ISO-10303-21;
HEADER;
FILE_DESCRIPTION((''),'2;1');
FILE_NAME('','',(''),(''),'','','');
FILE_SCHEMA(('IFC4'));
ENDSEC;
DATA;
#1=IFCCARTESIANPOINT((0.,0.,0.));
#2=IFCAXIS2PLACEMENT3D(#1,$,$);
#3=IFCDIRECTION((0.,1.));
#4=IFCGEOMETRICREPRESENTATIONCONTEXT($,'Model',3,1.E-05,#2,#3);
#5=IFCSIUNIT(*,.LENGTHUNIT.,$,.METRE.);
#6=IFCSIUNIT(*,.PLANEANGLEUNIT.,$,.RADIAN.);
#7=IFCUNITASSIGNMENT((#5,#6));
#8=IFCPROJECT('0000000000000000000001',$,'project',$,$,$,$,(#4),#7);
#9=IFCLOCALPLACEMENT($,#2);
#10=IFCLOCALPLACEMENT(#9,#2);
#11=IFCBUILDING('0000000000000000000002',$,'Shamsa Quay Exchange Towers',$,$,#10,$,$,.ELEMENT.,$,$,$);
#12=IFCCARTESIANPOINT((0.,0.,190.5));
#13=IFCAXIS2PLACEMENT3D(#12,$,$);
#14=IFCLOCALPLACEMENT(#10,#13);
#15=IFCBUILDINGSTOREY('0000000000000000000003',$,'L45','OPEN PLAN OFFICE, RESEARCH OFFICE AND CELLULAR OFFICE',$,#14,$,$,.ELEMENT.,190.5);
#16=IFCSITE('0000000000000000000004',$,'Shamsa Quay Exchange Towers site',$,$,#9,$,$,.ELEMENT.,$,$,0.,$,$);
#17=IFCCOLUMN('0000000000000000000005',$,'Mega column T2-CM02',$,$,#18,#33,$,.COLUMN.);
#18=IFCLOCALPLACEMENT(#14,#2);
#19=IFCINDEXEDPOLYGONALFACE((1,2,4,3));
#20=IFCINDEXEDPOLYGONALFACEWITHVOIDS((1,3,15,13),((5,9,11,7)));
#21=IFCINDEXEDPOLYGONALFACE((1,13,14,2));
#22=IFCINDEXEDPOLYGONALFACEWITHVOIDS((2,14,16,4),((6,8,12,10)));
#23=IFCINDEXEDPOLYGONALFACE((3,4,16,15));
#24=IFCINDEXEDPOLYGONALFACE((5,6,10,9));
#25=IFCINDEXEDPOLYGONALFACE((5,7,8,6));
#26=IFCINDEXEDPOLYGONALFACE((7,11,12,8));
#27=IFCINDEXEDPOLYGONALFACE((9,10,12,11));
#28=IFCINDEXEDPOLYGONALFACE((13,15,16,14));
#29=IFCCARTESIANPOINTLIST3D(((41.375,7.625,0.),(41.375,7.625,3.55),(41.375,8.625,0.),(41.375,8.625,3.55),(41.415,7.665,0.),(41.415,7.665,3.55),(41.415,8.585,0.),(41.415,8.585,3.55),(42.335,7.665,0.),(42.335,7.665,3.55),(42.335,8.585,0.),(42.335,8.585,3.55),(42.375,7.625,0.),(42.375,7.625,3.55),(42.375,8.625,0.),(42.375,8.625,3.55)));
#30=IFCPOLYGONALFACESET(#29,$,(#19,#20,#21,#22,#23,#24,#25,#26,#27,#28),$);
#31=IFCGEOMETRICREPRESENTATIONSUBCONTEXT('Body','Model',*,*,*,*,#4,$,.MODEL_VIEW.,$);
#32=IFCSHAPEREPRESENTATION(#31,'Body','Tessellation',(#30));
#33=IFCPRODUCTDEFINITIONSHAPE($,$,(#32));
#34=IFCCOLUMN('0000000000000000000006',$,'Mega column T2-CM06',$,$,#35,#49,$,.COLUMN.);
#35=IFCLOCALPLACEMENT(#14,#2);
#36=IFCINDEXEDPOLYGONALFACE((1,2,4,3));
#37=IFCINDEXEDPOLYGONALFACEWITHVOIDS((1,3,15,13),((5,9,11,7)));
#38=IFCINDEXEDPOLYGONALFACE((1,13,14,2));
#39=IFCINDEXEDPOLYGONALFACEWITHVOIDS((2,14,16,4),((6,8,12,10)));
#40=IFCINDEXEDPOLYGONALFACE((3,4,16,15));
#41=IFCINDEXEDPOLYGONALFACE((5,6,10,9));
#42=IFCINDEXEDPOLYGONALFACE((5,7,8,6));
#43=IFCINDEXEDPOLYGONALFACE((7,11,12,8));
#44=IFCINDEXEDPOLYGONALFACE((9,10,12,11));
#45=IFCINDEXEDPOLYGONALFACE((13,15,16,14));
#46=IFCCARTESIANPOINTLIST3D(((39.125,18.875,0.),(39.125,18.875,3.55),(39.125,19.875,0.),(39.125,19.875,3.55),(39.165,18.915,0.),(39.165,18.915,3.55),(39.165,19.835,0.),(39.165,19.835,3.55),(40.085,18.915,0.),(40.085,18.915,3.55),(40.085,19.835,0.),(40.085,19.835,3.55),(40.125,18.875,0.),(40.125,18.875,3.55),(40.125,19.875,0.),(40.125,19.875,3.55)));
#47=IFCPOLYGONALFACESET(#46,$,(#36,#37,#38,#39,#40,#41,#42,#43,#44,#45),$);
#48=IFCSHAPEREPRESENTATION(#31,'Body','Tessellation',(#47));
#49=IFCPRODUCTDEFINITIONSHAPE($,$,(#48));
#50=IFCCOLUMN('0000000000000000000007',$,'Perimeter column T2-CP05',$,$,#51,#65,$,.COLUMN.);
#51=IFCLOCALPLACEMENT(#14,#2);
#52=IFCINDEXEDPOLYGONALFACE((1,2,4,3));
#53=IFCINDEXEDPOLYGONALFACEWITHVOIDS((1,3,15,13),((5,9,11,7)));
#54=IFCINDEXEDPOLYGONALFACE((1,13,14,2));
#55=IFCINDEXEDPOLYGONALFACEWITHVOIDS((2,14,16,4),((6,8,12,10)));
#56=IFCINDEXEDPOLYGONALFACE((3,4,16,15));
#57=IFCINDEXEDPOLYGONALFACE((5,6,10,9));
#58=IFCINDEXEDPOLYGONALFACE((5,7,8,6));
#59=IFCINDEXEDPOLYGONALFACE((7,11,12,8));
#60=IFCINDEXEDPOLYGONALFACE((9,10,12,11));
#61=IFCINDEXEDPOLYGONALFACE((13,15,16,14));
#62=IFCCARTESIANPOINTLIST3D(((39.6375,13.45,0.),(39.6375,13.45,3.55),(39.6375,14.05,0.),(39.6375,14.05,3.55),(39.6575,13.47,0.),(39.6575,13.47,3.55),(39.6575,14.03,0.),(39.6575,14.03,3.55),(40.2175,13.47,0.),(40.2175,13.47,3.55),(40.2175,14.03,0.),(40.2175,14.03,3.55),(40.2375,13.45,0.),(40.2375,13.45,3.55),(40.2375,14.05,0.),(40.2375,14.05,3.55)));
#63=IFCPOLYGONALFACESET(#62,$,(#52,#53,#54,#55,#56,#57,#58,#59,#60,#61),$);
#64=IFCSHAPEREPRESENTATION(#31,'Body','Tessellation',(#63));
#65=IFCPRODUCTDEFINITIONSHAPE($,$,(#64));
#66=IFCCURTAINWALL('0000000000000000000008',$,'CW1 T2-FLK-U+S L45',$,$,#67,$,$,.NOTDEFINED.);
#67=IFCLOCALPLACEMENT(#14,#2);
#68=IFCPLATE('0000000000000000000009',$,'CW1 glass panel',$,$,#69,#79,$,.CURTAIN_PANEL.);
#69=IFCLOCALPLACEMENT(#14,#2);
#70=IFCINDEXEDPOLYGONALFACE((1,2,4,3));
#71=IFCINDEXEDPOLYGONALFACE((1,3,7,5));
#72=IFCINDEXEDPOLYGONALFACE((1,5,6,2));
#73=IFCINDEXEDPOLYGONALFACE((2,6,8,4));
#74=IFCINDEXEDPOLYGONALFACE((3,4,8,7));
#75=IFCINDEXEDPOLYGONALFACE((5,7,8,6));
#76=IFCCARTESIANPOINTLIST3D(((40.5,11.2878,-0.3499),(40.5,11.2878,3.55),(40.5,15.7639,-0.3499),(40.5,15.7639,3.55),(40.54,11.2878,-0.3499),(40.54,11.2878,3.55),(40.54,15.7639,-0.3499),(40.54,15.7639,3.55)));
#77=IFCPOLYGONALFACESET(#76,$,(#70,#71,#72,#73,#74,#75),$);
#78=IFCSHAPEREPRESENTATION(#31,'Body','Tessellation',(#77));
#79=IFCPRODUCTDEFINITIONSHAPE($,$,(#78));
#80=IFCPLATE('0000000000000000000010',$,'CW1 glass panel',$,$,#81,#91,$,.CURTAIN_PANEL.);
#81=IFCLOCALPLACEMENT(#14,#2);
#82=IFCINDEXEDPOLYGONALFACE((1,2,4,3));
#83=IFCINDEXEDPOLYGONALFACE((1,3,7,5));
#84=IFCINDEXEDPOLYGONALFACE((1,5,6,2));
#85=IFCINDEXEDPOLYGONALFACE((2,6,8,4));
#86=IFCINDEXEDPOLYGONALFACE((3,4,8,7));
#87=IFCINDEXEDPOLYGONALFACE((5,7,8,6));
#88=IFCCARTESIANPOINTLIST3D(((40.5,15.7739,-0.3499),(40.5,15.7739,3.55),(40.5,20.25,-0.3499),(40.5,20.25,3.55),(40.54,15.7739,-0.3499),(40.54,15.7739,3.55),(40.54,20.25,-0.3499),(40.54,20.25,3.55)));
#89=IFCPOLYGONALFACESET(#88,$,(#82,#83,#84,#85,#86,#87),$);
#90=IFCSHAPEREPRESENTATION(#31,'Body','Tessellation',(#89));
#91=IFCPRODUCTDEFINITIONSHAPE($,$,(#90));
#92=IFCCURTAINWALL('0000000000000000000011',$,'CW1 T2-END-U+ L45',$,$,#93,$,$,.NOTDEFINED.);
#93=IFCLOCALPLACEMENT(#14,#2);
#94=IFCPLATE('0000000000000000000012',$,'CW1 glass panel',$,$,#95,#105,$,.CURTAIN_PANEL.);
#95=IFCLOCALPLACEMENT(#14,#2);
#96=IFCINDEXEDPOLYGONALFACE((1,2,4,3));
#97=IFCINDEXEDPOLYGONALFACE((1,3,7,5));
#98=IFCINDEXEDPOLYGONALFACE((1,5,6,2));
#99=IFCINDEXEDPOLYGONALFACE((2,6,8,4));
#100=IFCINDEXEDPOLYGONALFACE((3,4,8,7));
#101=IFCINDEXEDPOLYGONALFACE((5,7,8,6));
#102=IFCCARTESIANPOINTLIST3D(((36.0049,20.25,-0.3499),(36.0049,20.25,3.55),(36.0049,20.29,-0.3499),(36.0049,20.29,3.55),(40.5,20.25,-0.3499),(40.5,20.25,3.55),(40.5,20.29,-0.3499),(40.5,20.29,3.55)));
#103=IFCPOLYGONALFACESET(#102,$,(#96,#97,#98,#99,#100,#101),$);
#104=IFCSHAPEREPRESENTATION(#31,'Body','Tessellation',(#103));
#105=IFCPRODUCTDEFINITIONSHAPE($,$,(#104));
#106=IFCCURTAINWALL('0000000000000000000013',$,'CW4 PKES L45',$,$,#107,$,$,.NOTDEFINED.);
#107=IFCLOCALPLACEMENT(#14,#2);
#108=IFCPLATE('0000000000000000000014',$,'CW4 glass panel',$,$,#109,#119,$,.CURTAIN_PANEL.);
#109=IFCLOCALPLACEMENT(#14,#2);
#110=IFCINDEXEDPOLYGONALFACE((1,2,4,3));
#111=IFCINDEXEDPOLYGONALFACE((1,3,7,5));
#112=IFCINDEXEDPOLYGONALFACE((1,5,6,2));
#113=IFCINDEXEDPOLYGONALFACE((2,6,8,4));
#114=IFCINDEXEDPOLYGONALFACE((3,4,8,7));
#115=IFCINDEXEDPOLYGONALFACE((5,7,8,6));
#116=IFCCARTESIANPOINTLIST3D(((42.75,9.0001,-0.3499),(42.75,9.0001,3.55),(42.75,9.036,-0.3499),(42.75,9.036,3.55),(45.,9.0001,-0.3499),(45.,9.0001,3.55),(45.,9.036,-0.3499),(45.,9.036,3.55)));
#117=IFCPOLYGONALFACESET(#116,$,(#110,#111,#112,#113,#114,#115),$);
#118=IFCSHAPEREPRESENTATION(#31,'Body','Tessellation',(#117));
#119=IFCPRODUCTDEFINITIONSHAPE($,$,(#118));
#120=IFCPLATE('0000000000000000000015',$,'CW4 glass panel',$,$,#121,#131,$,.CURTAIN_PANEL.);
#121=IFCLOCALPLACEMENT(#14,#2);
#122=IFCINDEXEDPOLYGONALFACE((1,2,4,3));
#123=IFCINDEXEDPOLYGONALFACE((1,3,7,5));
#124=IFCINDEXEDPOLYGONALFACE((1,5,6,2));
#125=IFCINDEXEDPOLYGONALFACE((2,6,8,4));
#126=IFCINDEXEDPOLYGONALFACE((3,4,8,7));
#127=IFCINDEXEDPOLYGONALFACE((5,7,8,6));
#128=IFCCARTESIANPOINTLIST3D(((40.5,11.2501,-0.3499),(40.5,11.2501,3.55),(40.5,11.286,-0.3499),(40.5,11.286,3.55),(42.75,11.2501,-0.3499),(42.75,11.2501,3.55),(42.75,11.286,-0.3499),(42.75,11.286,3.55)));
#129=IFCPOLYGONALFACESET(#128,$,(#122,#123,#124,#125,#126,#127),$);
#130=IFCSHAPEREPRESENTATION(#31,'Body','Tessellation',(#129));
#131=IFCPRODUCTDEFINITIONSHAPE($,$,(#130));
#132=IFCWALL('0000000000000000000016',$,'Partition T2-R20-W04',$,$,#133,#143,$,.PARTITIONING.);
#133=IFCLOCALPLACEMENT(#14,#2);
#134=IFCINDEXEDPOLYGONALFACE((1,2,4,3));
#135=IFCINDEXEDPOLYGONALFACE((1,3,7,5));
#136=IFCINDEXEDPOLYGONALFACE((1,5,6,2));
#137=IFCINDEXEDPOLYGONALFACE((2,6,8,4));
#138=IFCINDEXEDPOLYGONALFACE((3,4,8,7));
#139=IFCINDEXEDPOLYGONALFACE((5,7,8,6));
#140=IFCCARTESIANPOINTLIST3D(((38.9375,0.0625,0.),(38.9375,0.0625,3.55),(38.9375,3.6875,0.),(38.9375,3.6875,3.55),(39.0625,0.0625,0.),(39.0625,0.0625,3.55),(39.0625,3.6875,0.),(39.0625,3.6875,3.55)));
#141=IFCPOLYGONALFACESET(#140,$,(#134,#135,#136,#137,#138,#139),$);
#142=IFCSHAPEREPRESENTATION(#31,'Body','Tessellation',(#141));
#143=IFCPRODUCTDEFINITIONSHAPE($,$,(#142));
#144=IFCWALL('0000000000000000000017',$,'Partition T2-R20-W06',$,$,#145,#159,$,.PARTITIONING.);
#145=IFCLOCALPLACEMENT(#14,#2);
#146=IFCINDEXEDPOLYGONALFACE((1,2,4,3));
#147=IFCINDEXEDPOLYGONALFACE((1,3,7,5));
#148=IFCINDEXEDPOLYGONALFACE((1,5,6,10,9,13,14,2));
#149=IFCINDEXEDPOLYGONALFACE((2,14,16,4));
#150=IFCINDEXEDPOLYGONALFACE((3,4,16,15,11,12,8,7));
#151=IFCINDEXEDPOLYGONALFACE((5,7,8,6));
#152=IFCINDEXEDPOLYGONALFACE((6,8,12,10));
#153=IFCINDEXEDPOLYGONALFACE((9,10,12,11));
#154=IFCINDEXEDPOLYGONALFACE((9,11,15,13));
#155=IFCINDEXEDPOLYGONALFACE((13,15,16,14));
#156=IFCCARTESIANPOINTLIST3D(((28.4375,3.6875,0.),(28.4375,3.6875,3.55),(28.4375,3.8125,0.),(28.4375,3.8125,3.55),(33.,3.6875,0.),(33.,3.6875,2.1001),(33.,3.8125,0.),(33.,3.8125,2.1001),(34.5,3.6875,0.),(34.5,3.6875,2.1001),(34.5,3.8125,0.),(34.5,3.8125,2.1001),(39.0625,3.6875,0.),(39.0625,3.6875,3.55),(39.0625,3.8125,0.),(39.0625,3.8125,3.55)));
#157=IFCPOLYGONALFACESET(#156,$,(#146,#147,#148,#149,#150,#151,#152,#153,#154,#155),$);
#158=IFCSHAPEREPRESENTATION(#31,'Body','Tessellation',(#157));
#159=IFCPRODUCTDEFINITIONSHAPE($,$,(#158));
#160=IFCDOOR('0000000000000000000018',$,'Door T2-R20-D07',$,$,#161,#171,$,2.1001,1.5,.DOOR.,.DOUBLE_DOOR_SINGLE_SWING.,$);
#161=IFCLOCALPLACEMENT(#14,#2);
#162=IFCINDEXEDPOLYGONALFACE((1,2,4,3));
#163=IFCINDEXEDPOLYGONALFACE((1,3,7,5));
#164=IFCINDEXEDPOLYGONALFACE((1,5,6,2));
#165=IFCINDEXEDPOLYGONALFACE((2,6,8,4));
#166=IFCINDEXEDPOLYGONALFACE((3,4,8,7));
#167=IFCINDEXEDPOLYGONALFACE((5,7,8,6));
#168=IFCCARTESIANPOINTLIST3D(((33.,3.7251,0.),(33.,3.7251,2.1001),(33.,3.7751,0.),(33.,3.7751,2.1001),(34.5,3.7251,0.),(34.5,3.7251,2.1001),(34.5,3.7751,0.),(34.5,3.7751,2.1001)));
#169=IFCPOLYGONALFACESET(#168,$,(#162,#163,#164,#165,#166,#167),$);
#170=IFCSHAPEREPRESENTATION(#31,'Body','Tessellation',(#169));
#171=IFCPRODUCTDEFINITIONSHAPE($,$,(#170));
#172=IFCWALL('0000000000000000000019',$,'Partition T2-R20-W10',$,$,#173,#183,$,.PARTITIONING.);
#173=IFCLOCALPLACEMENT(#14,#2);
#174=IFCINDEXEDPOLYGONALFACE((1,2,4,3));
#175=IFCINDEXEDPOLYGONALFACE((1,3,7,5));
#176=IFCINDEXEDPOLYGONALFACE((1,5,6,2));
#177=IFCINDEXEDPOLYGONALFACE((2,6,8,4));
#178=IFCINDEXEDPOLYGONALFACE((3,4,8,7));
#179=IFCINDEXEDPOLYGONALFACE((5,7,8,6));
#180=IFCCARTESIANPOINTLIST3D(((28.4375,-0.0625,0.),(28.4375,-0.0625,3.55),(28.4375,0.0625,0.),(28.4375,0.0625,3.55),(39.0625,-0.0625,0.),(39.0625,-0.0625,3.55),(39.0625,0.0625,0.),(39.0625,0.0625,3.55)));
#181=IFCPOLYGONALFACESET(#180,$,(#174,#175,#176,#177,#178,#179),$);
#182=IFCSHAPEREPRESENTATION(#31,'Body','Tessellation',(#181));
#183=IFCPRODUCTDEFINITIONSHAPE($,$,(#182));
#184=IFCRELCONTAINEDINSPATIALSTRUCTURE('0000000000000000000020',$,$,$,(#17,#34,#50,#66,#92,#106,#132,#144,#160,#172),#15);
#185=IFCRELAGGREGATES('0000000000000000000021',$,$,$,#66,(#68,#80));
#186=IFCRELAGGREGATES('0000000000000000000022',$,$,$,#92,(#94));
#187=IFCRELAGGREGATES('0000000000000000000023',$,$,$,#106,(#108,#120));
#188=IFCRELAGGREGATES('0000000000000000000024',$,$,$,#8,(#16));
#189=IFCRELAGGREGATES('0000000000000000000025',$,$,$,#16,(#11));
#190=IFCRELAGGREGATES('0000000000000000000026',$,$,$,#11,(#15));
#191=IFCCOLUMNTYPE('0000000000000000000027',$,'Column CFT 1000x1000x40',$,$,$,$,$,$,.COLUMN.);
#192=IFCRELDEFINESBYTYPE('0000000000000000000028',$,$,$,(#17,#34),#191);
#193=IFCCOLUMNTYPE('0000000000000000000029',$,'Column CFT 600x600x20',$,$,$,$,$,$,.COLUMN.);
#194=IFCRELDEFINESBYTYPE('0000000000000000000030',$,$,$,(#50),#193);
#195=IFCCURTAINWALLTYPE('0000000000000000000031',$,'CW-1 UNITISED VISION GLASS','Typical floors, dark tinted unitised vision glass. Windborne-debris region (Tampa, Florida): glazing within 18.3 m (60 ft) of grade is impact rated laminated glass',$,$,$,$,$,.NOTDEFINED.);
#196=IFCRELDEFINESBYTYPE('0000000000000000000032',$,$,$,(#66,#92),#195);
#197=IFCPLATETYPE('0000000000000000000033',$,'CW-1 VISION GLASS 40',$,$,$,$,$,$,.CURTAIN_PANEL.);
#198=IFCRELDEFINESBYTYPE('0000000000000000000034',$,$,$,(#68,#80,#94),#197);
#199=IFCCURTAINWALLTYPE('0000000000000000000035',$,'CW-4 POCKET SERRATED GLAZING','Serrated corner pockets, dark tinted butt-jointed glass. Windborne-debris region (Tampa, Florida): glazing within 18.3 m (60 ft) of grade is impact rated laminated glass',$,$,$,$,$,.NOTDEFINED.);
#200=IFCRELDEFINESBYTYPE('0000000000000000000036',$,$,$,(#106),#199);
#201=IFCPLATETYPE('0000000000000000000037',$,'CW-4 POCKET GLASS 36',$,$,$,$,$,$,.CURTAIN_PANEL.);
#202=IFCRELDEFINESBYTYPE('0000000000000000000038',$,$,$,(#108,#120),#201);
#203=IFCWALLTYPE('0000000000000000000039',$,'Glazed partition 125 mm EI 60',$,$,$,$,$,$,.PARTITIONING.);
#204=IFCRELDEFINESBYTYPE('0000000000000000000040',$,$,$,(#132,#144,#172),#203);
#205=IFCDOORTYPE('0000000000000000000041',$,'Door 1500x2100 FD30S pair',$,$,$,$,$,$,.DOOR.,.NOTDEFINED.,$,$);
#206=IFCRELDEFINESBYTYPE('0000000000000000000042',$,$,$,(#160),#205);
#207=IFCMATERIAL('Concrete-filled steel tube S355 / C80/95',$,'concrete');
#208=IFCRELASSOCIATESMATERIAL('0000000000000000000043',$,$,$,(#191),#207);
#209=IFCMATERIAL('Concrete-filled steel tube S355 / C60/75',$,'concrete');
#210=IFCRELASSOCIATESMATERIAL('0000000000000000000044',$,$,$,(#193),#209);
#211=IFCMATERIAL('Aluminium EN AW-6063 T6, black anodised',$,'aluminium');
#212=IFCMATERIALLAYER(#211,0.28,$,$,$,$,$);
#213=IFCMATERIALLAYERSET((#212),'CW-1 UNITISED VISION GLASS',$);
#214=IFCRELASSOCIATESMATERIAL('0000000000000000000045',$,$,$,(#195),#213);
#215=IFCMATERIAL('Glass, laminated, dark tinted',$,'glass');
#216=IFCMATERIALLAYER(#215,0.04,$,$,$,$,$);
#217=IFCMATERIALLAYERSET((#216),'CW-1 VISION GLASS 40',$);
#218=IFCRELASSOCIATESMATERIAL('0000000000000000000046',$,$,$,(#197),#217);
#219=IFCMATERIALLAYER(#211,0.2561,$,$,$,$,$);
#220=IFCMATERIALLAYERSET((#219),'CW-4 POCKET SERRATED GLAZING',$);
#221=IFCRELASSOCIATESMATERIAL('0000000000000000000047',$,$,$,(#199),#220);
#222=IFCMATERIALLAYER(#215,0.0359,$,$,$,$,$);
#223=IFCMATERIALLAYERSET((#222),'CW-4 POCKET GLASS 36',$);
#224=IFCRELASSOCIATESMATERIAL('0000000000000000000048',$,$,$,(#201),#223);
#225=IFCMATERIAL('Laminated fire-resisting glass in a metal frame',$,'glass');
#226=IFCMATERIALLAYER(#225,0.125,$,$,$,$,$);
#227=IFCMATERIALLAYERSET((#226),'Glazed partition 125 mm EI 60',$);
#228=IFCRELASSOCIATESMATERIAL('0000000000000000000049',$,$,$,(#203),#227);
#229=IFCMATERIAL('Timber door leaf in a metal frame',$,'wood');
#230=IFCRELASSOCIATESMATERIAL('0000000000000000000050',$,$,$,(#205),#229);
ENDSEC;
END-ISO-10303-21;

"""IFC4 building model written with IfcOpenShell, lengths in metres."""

from ifc_helpers import new_model, si_unit, direction, frame, frame_2d, origin, origin_2d, place, context, subcontext, project, spatial, rectangle, hollow_rectangle, extrude, material, layer, layer_set, material_profile, profile_set, type_object, element, fill, aggregate, save


model = new_model("IFC4")

# Units and contexts
model_context = context("Model", 3, precision=1e-05, world=origin(), true_north=direction((0.0, 1.0)))
body_context = subcontext(model_context, "Body", "Model", "MODEL_VIEW")
ifc_project = project(units=[si_unit("LENGTHUNIT", "METRE"), si_unit("PLANEANGLEUNIT", "RADIAN")], contexts=[model_context])

# Site, building, storey
site_placement = place(None, origin())
site = spatial("IfcSite", under=ifc_project, at=site_placement, Name="Shamsa Quay Exchange Towers site", CompositionType="ELEMENT", RefElevation=0.0)
building_placement = place(site_placement, origin())
building = spatial("IfcBuilding", under=site, at=building_placement, Name="Shamsa Quay Exchange Towers", CompositionType="ELEMENT")
storey_placement = place(building_placement, frame((0.0, 0.0, 190.5)))
storey = spatial("IfcBuildingStorey", under=building, at=storey_placement, Name="L45", Description="OPEN PLAN OFFICE, RESEARCH OFFICE AND CELLULAR OFFICE", CompositionType="ELEMENT", Elevation=190.5)

# Columns
ifc_material_1 = material(Name="Concrete-filled steel tube S355 / C80/95", Category="concrete")
ifc_material_profile_1 = material_profile(ifc_material_1, hollow_rectangle(XDim=1.0, YDim=1.0, WallThickness=0.04, at=origin_2d()), Name="CFT 1000x1000x40")
ifc_profile_set_1 = profile_set([ifc_material_profile_1], Name="Concrete-filled steel tube S355 / C80/95")
column_type_1 = type_object("IfcColumnType", Name="Column CFT 1000x1000x40", PredefinedType="COLUMN", material=ifc_profile_set_1)
for number, where, name in (
    (1, (41.875, 8.125, 0.0), "Mega column T2-CM02"),
    (2, (39.625, 19.375, 0.0), "Mega column T2-CM06"),
):
    element("IfcColumn", number, at=place(storey_placement, frame(where)), inside=storey, type_object=column_type_1, Name=name, PredefinedType="COLUMN", context=body_context, shape_type="SweptSolid", body=[
        extrude(hollow_rectangle(XDim=1.0, YDim=1.0, WallThickness=0.04, at=origin_2d()), origin(), (0.0, 0.0, 1.0), 3.55),
    ])
ifc_material_2 = material(Name="Concrete-filled steel tube S355 / C60/75", Category="concrete")
ifc_material_profile_2 = material_profile(ifc_material_2, hollow_rectangle(XDim=0.6001, YDim=0.6001, WallThickness=0.02, at=origin_2d()), Name="CFT 600x600x20")
ifc_profile_set_2 = profile_set([ifc_material_profile_2], Name="Concrete-filled steel tube S355 / C60/75")
column_type_2 = type_object("IfcColumnType", Name="Column CFT 600x600x20", PredefinedType="COLUMN", material=ifc_profile_set_2)
column_placement = place(storey_placement, frame((39.9375, 13.75, 0.0)))
element("IfcColumn", 3, at=column_placement, inside=storey, type_object=column_type_2, Name="Perimeter column T2-CP05", PredefinedType="COLUMN", context=body_context, shape_type="SweptSolid", body=[
    extrude(hollow_rectangle(XDim=0.6001, YDim=0.6001, WallThickness=0.02, at=origin_2d()), origin(), (0.0, 0.0, 1.0), 3.55),
])

# Curtain wall, plates
ifc_material_3 = material(Name="Aluminium EN AW-6063 T6, black anodised", Category="aluminium")
ifc_layer_1 = layer(ifc_material_3, 0.28)
ifc_layer_set_1 = layer_set([ifc_layer_1], Name="CW-1 UNITISED VISION GLASS")
curtain_wall_type_1 = type_object("IfcCurtainWallType", Name="CW-1 UNITISED VISION GLASS", Description="Typical floors, dark tinted unitised vision glass. Windborne-debris region (Tampa, Florida): glazing within 18.3 m (60 ft) of grade is impact rated laminated glass", PredefinedType="NOTDEFINED", material=ifc_layer_set_1)
curtain_wall_1_placement = place(storey_placement, origin())
curtain_wall_1 = element("IfcCurtainWall", 4, at=curtain_wall_1_placement, inside=storey, type_object=curtain_wall_type_1, Name="CW1 T2-FLK-U+S L45", PredefinedType="NOTDEFINED")
ifc_material_4 = material(Name="Glass, laminated, dark tinted", Category="glass")
ifc_layer_2 = layer(ifc_material_4, 0.04)
ifc_layer_set_2 = layer_set([ifc_layer_2], Name="CW-1 VISION GLASS 40")
plate_type_1 = type_object("IfcPlateType", Name="CW-1 VISION GLASS 40", PredefinedType="CURTAIN_PANEL", material=ifc_layer_set_2)
plate_1_placement = place(storey_placement, frame((40.52, 13.5259, -0.3499), z_axis=(0.0, 0.0, 1.0), x_axis=(0.0, 1.0, 0.0)))
plate_1 = element("IfcPlate", 5, at=plate_1_placement, type_object=plate_type_1, Name="CW1 glass panel", PredefinedType="CURTAIN_PANEL", context=body_context, shape_type="SweptSolid", body=[
    extrude(rectangle(XDim=4.4761, YDim=0.04, at=origin_2d()), origin(), (0.0, 0.0, 1.0), 3.8999),
])
plate_2_placement = place(storey_placement, frame((40.52, 18.012, -0.3499), z_axis=(0.0, 0.0, 1.0), x_axis=(0.0, 1.0, 0.0)))
plate_2 = element("IfcPlate", 6, at=plate_2_placement, type_object=plate_type_1, Name="CW1 glass panel", PredefinedType="CURTAIN_PANEL", context=body_context, shape_type="SweptSolid", body=[
    extrude(rectangle(XDim=4.4761, YDim=0.04, at=origin_2d()), origin(), (0.0, 0.0, 1.0), 3.8999),
])
aggregate(curtain_wall_1, [plate_1, plate_2])

# Curtain wall, plate
curtain_wall_2_placement = place(storey_placement, origin())
curtain_wall_2 = element("IfcCurtainWall", 7, at=curtain_wall_2_placement, inside=storey, type_object=curtain_wall_type_1, Name="CW1 T2-END-U+ L45", PredefinedType="NOTDEFINED")
plate_3_placement = place(storey_placement, frame((38.2524, 20.27, -0.3499), z_axis=(0.0, 0.0, 1.0), x_axis=(-1.0, 0.0, 0.0)))
plate_3 = element("IfcPlate", 8, at=plate_3_placement, type_object=plate_type_1, Name="CW1 glass panel", PredefinedType="CURTAIN_PANEL", context=body_context, shape_type="SweptSolid", body=[
    extrude(rectangle(XDim=4.4951, YDim=0.04, at=origin_2d()), origin(), (0.0, 0.0, 1.0), 3.8999),
])
aggregate(curtain_wall_2, [plate_3])

# Curtain wall, plates
ifc_layer_3 = layer(ifc_material_3, 0.2561)
ifc_layer_set_3 = layer_set([ifc_layer_3], Name="CW-4 POCKET SERRATED GLAZING")
curtain_wall_type_2 = type_object("IfcCurtainWallType", Name="CW-4 POCKET SERRATED GLAZING", Description="Serrated corner pockets, dark tinted butt-jointed glass. Windborne-debris region (Tampa, Florida): glazing within 18.3 m (60 ft) of grade is impact rated laminated glass", PredefinedType="NOTDEFINED", material=ifc_layer_set_3)
curtain_wall_3_placement = place(storey_placement, origin())
curtain_wall_3 = element("IfcCurtainWall", 9, at=curtain_wall_3_placement, inside=storey, type_object=curtain_wall_type_2, Name="CW4 PKES L45", PredefinedType="NOTDEFINED")
ifc_layer_4 = layer(ifc_material_4, 0.0359)
ifc_layer_set_4 = layer_set([ifc_layer_4], Name="CW-4 POCKET GLASS 36")
plate_type_2 = type_object("IfcPlateType", Name="CW-4 POCKET GLASS 36", PredefinedType="CURTAIN_PANEL", material=ifc_layer_set_4)
plate_4_placement = place(storey_placement, frame((43.875, 9.0181, -0.3499), z_axis=(0.0, 0.0, 1.0), x_axis=(-1.0, 0.0, 0.0)))
plate_4 = element("IfcPlate", 10, at=plate_4_placement, type_object=plate_type_2, Name="CW4 glass panel", PredefinedType="CURTAIN_PANEL", context=body_context, shape_type="SweptSolid", body=[
    extrude(rectangle(XDim=2.25, YDim=0.0359, at=origin_2d()), origin(), (0.0, 0.0, 1.0), 3.8999),
])
plate_5_placement = place(storey_placement, frame((41.625, 11.2681, -0.3499), z_axis=(0.0, 0.0, 1.0), x_axis=(-1.0, 0.0, 0.0)))
plate_5 = element("IfcPlate", 11, at=plate_5_placement, type_object=plate_type_2, Name="CW4 glass panel", PredefinedType="CURTAIN_PANEL", context=body_context, shape_type="SweptSolid", body=[
    extrude(rectangle(XDim=2.25, YDim=0.0359, at=origin_2d()), origin(), (0.0, 0.0, 1.0), 3.8999),
])
aggregate(curtain_wall_3, [plate_4, plate_5])

# Wall
ifc_material_5 = material(Name="Laminated fire-resisting glass in a metal frame", Category="glass")
ifc_layer_5 = layer(ifc_material_5, 0.125)
ifc_layer_set_5 = layer_set([ifc_layer_5], Name="Glazed partition 125 mm EI 60")
wall_type_1 = type_object("IfcWallType", Name="Glazed partition 125 mm EI 60", PredefinedType="PARTITIONING", material=ifc_layer_set_5)
wall_1_placement = place(storey_placement, frame((39.0, 0.0625, 0.0), z_axis=(0.0, 0.0, 1.0), x_axis=(0.0, 1.0, 0.0)))
element("IfcWall", 12, at=wall_1_placement, inside=storey, type_object=wall_type_1, Name="Partition T2-R20-W04", PredefinedType="PARTITIONING", context=body_context, shape_type="SweptSolid", body=[
    extrude(rectangle(XDim=3.625, YDim=0.125, at=frame_2d((1.8125, 0.0))), origin(), (0.0, 0.0, 1.0), 3.55),
])

# Wall, opening, door
wall_2_placement = place(storey_placement, frame((39.0625, 3.75, 0.0), z_axis=(0.0, 0.0, 1.0), x_axis=(-1.0, 0.0, 0.0)))
wall_2 = element("IfcWall", 13, at=wall_2_placement, inside=storey, type_object=wall_type_1, Name="Partition T2-R20-W06", PredefinedType="PARTITIONING", context=body_context, shape_type="SweptSolid", body=[
    extrude(rectangle(XDim=10.625, YDim=0.125, at=frame_2d((5.3125, 0.0))), origin(), (0.0, 0.0, 1.0), 3.55),
])
opening_1_placement = place(wall_2_placement, frame((4.5625, 0.0, 0.0)))
opening_1 = element("IfcOpeningElement", 14, at=opening_1_placement, cuts=wall_2, PredefinedType="OPENING", context=body_context, shape_type="SweptSolid", body=[
    extrude(rectangle(XDim=1.5, YDim=2.1001, at=frame_2d((0.75, 1.05))), frame((0.0, 0.0725, 0.0), z_axis=(0.0, -1.0, 0.0), x_axis=(1.0, 0.0, 0.0)), (0.0, 0.0, 1.0), 0.145),
])
ifc_material_6 = material(Name="Timber door leaf in a metal frame", Category="wood")
door_type_1 = type_object("IfcDoorType", Name="Door 1500x2100 FD30S pair", OperationType="NOTDEFINED", PredefinedType="DOOR", material=ifc_material_6)
door_1_placement = place(opening_1_placement, origin())
door_1 = element("IfcDoor", 15, at=door_1_placement, inside=storey, type_object=door_type_1, Name="Door T2-R20-D07", OperationType="DOUBLE_DOOR_SINGLE_SWING", OverallHeight=2.1001, OverallWidth=1.5, PredefinedType="DOOR", context=body_context, shape_type="SweptSolid", body=[
    extrude(rectangle(XDim=1.5, YDim=2.1001, at=frame_2d((0.75, 1.05))), frame((0.0, 0.0249, 0.0), z_axis=(0.0, -1.0, 0.0), x_axis=(1.0, 0.0, 0.0)), (0.0, 0.0, 1.0), 0.05),
])
fill(opening_1, door_1)

# Wall
wall_3_placement = place(storey_placement, frame((39.0625, 0.0, 0.0), z_axis=(0.0, 0.0, 1.0), x_axis=(-1.0, 0.0, 0.0)))
element("IfcWall", 16, at=wall_3_placement, inside=storey, type_object=wall_type_1, Name="Partition T2-R20-W10", PredefinedType="PARTITIONING", context=body_context, shape_type="SweptSolid", body=[
    extrude(rectangle(XDim=10.625, YDim=0.125, at=frame_2d((5.3125, 0.0))), origin(), (0.0, 0.0, 1.0), 3.55),
])

save(model, "model.ifc")
